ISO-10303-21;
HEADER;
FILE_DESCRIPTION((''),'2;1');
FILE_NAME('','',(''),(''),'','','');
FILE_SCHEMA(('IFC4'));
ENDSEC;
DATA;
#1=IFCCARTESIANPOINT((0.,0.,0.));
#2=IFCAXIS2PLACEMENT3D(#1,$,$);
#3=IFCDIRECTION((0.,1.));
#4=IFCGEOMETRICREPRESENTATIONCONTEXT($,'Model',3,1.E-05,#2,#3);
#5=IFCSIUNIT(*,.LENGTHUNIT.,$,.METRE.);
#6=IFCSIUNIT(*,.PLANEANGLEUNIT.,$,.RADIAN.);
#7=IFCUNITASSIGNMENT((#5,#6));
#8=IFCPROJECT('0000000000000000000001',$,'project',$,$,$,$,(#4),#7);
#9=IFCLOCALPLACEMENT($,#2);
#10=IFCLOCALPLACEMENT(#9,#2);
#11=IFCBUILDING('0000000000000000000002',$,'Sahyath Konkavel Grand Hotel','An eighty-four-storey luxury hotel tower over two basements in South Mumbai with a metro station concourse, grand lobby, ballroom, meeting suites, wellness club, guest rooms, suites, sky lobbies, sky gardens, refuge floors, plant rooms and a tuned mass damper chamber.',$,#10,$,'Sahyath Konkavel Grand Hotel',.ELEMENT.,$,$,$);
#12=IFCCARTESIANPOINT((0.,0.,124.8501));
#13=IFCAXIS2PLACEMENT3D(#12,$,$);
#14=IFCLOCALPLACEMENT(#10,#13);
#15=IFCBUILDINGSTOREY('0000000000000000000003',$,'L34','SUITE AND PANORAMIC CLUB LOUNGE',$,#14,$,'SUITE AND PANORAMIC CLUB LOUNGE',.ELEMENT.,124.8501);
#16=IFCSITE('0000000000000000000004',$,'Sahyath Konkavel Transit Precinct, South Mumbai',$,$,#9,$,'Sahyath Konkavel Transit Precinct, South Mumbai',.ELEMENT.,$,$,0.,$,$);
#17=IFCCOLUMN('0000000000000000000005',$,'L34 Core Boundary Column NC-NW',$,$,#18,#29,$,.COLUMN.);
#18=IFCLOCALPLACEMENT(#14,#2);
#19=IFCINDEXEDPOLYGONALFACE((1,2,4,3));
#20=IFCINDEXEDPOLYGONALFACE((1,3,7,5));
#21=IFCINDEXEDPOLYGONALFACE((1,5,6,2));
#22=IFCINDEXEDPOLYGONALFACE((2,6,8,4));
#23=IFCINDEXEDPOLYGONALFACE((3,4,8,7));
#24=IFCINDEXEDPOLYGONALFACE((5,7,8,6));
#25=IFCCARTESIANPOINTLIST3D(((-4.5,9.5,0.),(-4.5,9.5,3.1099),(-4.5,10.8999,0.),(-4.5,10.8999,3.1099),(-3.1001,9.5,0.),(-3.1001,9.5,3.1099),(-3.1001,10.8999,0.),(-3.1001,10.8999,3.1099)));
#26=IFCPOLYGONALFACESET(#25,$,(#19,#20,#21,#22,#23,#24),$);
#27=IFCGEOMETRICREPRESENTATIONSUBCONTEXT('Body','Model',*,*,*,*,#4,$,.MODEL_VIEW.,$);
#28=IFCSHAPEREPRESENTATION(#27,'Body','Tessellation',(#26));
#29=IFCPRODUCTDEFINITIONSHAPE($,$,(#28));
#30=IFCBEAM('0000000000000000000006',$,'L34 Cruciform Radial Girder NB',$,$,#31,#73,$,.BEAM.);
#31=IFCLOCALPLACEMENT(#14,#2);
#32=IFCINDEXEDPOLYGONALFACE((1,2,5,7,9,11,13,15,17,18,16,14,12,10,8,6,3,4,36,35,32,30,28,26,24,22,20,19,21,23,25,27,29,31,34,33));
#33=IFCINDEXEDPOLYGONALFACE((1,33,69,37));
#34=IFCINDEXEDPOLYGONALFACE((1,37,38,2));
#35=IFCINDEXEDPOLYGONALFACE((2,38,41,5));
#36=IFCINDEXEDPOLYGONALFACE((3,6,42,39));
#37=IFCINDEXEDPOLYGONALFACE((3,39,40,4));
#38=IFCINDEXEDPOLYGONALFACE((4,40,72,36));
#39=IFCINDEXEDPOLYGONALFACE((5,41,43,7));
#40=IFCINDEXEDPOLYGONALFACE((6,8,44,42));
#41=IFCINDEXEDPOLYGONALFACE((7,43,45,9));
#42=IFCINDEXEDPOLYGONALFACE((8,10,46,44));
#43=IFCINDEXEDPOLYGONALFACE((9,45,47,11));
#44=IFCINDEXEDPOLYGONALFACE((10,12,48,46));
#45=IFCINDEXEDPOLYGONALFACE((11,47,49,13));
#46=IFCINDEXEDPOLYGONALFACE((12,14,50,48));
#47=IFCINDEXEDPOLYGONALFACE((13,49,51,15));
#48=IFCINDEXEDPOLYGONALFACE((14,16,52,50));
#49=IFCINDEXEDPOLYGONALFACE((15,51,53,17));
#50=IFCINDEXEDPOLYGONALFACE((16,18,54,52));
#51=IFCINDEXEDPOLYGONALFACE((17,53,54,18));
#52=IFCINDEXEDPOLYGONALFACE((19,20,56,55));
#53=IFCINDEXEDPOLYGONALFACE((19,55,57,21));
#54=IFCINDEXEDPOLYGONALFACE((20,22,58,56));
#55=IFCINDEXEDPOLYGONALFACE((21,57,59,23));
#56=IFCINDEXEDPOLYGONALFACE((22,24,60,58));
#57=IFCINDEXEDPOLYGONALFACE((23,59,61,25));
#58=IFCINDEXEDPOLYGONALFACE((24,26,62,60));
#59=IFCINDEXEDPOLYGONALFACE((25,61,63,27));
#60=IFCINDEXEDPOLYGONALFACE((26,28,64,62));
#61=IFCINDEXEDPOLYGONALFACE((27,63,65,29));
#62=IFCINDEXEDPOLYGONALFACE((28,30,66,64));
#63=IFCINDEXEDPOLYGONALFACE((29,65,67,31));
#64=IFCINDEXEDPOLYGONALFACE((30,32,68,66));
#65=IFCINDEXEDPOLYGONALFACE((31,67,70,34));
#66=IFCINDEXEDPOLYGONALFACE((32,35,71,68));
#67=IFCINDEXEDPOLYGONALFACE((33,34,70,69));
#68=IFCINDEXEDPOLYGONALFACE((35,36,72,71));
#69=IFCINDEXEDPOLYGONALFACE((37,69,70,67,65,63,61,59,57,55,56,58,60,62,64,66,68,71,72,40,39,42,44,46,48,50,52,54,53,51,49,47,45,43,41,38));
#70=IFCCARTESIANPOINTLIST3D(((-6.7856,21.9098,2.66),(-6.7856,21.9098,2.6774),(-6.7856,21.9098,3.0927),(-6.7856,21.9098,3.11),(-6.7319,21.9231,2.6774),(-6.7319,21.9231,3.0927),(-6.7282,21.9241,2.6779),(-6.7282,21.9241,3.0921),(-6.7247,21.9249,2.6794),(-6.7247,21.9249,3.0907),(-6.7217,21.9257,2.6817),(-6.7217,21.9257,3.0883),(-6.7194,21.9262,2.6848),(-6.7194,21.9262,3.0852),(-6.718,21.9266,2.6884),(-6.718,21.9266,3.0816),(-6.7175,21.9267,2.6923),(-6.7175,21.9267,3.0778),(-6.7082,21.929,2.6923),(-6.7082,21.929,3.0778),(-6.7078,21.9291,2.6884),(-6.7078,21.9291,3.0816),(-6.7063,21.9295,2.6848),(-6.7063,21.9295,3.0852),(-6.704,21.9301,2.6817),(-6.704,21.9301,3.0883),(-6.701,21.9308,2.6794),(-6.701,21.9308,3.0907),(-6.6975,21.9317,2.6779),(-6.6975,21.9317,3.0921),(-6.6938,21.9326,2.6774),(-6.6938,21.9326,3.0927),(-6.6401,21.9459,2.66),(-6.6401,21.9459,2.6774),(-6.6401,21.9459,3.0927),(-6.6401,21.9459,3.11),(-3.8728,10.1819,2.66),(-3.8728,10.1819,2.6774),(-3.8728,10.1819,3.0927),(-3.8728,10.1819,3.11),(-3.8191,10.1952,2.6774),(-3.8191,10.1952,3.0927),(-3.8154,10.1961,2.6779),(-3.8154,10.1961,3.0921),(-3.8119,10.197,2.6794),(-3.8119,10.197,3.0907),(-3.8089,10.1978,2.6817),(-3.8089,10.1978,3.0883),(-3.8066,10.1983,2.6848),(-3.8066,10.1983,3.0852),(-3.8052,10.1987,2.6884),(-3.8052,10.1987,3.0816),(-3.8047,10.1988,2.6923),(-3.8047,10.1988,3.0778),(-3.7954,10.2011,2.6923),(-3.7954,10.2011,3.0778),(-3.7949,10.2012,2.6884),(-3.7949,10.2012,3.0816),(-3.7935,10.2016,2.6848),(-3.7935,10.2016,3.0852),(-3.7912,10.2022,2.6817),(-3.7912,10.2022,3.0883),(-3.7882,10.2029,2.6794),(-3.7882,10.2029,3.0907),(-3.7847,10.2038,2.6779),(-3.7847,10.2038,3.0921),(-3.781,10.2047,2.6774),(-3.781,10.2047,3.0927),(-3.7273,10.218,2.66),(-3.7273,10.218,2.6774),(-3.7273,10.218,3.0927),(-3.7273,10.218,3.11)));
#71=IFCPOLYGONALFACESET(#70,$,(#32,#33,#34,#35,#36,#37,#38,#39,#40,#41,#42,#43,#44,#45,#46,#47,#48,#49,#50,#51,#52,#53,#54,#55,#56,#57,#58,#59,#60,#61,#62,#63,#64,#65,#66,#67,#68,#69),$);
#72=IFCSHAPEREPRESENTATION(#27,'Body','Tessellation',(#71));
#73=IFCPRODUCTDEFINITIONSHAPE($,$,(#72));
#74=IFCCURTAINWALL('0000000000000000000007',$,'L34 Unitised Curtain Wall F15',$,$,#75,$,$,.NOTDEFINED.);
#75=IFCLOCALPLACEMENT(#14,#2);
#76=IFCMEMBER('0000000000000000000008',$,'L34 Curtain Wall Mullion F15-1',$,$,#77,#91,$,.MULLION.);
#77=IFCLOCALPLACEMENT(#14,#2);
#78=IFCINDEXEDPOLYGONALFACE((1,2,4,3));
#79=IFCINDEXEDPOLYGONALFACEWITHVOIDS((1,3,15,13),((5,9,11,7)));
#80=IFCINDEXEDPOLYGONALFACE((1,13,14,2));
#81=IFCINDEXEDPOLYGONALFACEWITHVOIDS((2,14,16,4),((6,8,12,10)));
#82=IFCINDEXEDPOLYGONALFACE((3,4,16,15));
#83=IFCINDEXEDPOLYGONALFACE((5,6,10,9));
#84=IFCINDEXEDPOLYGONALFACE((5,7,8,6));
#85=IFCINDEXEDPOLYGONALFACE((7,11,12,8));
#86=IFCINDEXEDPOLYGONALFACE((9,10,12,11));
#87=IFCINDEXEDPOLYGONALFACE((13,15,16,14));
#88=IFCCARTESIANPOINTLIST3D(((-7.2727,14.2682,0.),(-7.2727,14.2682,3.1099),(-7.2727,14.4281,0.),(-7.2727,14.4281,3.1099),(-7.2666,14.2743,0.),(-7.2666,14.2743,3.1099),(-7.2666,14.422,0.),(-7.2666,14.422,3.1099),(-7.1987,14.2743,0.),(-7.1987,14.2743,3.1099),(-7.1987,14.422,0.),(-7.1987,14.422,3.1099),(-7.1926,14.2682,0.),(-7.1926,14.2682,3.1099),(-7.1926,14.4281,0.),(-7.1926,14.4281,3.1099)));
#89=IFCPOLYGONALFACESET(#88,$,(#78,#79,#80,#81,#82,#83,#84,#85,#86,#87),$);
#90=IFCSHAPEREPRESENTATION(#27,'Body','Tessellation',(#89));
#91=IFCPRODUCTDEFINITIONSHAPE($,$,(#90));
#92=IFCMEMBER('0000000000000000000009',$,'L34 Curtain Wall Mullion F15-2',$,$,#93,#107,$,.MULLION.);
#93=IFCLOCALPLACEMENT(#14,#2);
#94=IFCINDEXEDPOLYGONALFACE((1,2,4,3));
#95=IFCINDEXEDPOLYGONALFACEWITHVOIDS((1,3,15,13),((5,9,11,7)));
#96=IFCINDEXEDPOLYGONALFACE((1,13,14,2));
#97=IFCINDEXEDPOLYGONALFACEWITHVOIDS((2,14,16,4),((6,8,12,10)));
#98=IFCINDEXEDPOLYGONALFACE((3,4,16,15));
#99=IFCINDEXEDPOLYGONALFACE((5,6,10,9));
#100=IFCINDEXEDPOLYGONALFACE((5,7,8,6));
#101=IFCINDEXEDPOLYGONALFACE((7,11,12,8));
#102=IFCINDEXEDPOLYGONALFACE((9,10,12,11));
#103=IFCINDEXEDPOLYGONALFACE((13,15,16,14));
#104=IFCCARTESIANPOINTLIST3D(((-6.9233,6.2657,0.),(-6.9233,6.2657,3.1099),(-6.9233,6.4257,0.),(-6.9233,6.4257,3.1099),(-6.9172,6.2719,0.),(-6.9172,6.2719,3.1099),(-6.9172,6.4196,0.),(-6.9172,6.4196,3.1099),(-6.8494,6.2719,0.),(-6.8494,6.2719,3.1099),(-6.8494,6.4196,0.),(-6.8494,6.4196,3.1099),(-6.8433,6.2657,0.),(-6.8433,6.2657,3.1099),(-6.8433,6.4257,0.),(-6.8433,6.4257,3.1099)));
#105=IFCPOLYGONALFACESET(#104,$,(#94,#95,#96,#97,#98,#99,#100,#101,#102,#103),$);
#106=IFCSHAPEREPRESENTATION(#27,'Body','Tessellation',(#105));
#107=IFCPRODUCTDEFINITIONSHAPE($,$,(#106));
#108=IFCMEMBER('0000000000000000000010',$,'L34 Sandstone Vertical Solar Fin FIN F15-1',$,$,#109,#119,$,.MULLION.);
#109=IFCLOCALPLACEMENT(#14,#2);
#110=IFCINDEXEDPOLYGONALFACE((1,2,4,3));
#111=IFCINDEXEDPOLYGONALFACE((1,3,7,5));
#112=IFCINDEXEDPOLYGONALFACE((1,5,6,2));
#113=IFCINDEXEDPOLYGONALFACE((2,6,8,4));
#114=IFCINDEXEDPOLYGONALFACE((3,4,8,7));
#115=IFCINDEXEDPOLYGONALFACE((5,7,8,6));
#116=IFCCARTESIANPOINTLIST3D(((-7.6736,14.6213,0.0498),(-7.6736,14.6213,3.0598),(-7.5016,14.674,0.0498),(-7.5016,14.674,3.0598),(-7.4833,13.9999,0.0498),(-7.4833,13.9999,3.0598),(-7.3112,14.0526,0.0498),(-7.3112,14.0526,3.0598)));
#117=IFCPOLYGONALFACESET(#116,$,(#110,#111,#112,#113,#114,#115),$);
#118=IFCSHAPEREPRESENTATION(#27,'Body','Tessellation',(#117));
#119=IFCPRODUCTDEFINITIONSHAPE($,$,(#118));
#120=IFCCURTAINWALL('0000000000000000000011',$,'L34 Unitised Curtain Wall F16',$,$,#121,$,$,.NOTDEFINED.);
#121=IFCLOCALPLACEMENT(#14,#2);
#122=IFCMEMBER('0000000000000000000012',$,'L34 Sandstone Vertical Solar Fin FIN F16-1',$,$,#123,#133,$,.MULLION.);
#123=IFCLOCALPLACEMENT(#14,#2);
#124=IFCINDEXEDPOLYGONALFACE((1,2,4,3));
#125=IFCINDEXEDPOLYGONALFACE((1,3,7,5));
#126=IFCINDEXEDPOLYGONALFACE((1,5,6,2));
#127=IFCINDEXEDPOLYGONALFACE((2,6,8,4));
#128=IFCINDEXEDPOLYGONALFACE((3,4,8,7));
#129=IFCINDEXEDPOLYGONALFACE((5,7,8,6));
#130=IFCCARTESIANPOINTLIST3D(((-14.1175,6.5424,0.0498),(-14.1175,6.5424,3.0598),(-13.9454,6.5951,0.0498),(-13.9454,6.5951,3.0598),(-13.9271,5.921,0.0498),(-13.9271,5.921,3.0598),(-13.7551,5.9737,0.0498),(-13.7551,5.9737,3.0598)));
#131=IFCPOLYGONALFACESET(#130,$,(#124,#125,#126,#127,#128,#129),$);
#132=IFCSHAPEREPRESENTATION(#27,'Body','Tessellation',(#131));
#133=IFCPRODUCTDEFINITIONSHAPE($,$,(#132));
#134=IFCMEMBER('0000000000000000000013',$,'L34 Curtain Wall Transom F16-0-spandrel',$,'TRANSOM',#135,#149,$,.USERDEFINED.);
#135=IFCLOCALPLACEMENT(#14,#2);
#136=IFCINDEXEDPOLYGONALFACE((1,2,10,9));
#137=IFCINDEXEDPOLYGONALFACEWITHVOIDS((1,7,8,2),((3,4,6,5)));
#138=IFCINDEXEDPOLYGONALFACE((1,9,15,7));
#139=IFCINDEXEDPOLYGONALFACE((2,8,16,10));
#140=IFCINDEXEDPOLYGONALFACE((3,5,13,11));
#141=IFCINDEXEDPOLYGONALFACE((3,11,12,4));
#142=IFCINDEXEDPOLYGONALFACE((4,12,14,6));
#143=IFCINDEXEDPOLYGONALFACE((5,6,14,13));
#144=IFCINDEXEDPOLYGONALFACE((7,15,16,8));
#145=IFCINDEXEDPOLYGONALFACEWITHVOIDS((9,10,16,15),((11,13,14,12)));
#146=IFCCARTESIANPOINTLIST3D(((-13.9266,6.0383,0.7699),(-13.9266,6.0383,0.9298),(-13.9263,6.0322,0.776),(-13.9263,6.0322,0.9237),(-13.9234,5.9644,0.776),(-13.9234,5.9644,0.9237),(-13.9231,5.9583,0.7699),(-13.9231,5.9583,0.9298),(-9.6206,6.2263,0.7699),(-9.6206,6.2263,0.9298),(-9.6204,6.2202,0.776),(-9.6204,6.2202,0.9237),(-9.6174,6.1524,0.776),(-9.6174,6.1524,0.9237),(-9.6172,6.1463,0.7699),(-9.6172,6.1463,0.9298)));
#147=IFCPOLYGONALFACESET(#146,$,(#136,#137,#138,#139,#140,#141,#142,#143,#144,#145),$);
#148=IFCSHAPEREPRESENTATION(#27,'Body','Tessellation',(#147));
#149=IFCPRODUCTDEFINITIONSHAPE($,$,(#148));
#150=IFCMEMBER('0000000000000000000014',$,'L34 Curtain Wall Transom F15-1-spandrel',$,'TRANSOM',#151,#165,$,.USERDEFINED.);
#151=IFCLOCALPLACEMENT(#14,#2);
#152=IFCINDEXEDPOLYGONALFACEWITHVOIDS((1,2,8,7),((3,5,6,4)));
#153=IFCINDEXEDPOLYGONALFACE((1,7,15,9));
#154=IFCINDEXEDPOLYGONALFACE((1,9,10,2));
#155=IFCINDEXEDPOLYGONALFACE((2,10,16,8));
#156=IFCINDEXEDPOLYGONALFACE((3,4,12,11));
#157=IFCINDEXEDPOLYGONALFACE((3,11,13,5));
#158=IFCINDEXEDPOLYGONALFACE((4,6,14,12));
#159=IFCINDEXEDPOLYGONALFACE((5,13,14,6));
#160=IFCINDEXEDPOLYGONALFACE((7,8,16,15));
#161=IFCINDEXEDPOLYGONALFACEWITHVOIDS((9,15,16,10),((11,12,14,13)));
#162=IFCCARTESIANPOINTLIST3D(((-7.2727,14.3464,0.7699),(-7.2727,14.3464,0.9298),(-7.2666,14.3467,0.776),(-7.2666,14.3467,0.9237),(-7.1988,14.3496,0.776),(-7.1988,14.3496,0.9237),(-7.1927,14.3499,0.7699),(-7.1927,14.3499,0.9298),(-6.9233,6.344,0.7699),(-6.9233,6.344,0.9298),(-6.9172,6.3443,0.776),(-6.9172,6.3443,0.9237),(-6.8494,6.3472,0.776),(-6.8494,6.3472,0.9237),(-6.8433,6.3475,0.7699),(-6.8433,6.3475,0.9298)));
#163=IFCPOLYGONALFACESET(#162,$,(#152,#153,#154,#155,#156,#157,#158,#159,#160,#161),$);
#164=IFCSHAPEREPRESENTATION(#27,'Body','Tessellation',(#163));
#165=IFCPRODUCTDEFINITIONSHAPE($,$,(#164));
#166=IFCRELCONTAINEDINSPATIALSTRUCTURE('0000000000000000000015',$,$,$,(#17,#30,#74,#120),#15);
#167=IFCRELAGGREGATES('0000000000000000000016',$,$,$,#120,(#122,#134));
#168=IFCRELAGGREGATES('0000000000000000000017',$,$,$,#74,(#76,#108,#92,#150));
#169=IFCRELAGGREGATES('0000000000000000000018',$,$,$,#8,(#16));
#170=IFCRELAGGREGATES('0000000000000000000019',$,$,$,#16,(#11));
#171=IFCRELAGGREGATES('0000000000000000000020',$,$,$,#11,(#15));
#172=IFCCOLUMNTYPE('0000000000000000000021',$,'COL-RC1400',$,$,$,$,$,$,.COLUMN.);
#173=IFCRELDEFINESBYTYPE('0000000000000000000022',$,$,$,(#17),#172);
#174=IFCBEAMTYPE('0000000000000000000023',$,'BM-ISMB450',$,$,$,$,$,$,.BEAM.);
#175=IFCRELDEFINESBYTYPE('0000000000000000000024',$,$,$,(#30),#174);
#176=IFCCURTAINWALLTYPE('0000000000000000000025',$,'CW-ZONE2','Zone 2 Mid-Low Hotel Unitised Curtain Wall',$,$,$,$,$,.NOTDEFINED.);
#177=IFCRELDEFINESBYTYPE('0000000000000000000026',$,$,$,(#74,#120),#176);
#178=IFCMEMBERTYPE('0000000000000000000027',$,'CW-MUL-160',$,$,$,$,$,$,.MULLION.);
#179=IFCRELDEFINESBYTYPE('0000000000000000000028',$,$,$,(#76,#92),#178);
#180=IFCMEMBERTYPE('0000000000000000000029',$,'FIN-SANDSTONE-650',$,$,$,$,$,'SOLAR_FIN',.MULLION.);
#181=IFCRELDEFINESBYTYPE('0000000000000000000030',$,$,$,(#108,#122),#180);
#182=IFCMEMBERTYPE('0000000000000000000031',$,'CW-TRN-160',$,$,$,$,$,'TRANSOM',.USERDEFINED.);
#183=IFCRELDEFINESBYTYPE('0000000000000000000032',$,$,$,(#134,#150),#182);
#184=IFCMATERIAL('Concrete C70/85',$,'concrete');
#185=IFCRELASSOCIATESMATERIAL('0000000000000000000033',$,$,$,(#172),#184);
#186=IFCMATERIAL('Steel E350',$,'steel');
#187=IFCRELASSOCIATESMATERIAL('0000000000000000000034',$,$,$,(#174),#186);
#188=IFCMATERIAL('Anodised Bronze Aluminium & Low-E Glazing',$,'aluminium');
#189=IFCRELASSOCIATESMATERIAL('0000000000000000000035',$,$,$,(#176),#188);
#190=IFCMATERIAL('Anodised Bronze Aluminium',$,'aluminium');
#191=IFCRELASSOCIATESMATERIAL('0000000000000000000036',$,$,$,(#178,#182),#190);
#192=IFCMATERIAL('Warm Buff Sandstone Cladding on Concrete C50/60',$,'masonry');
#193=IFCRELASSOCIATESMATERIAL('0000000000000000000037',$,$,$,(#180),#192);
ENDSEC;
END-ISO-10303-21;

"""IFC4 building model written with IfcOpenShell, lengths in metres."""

from ifc_helpers import new_model, si_unit, direction, frame, origin, origin_2d, place, context, subcontext, project, spatial, rectangle, hollow_rectangle, i_section, extrude, source, transform, mapped, material, material_profile, profile_set, type_object, element, aggregate, save


model = new_model("IFC4")

# Units and contexts
model_context = context("Model", 3, precision=1e-05, world=origin(), true_north=direction((0.0, 1.0)))
body_context = subcontext(model_context, "Body", "Model", "MODEL_VIEW")
ifc_project = project(units=[si_unit("LENGTHUNIT", "METRE"), si_unit("PLANEANGLEUNIT", "RADIAN")], contexts=[model_context])

# Site, building, storey
site_placement = place(None, origin())
site = spatial("IfcSite", under=ifc_project, at=site_placement, Name="Sahyath Konkavel Transit Precinct, South Mumbai", LongName="Sahyath Konkavel Transit Precinct, South Mumbai", CompositionType="ELEMENT", RefElevation=0.0)
building_placement = place(site_placement, origin())
building = spatial("IfcBuilding", under=site, at=building_placement, Name="Sahyath Konkavel Grand Hotel", Description="An eighty-four-storey luxury hotel tower over two basements in South Mumbai with a metro station concourse, grand lobby, ballroom, meeting suites, wellness club, guest rooms, suites, sky lobbies, sky gardens, refuge floors, plant rooms and a tuned mass damper chamber.", LongName="Sahyath Konkavel Grand Hotel", CompositionType="ELEMENT")
storey_placement = place(building_placement, frame((0.0, 0.0, 124.8501)))
storey = spatial("IfcBuildingStorey", under=building, at=storey_placement, Name="L34", Description="SUITE AND PANORAMIC CLUB LOUNGE", LongName="SUITE AND PANORAMIC CLUB LOUNGE", CompositionType="ELEMENT", Elevation=124.8501)

# Column
ifc_material_1 = material(Name="Concrete C70/85", Category="concrete")
ifc_material_profile_1 = material_profile(ifc_material_1, rectangle(XDim=1.3999, YDim=1.3999, at=origin_2d()), Name="RC 1400x1400")
ifc_profile_set_1 = profile_set([ifc_material_profile_1], Name="Concrete C70/85")
column_type = type_object("IfcColumnType", Name="COL-RC1400", PredefinedType="COLUMN", material=ifc_profile_set_1)
shared_shape_1 = source(origin(), body_context, "Body", "SweptSolid", [
    extrude(rectangle(XDim=1.3999, YDim=1.3999, at=origin_2d()), origin(), (0.0, 0.0, 1.0), 3.1099),
])
column_placement = place(storey_placement, frame((-3.8, 10.2, 0.0), z_axis=(0.0, 0.0, 1.0), x_axis=(1.0, 0.0, 0.0)))
element("IfcColumn", 1, at=column_placement, inside=storey, type_object=column_type, Name="L34 Core Boundary Column NC-NW", PredefinedType="COLUMN", context=body_context, shape_type="MappedRepresentation", body=[
    mapped(shared_shape_1, transform((0.0, 0.0, 0.0), scale=1.0)),
])

# Beam
ifc_material_2 = material(Name="Steel E350", Category="steel")
ifc_material_profile_2 = material_profile(ifc_material_2, i_section(OverallWidth=0.1499, OverallDepth=0.45, WebThickness=0.0095, FlangeThickness=0.0173, FilletRadius=0.0149, at=origin_2d()), Name="ISMB 450")
ifc_profile_set_2 = profile_set([ifc_material_profile_2], Name="Steel E350")
beam_type_1 = type_object("IfcBeamType", Name="BM-ISMB450", PredefinedType="BEAM", material=ifc_profile_set_2)
shared_shape_2 = source(origin(), body_context, "Body", "SweptSolid", [
    extrude(i_section(OverallWidth=0.1499, OverallDepth=0.45, WebThickness=0.0095, FlangeThickness=0.0173, FilletRadius=0.0149, at=origin_2d()), origin(), (0.0, 0.0, 1.0), 12.0842),
])
beam_1_placement = place(storey_placement, frame((-3.8, 10.2, 2.885), z_axis=(-0.241043, 0.970515, 0.0), x_axis=(-0.970515, -0.241043, 0.0)))
element("IfcBeam", 2, at=beam_1_placement, inside=storey, type_object=beam_type_1, Name="L34 Cruciform Radial Girder NB", PredefinedType="BEAM", context=body_context, shape_type="MappedRepresentation", body=[
    mapped(shared_shape_2, transform((0.0, 0.0, 0.0), scale=1.0)),
])

# Curtain walls, members
ifc_material_3 = material(Name="Anodised Bronze Aluminium & Low-E Glazing", Category="aluminium")
curtain_wall_type = type_object("IfcCurtainWallType", Name="CW-ZONE2", Description="Zone 2 Mid-Low Hotel Unitised Curtain Wall", PredefinedType="NOTDEFINED", material=ifc_material_3)
curtain_wall_1_placement = place(storey_placement, origin())
curtain_wall_1 = element("IfcCurtainWall", 3, at=curtain_wall_1_placement, inside=storey, type_object=curtain_wall_type, Name="L34 Unitised Curtain Wall F15", PredefinedType="NOTDEFINED")
ifc_material_4 = material(Name="Anodised Bronze Aluminium", Category="aluminium")
ifc_material_profile_3 = material_profile(ifc_material_4, hollow_rectangle(XDim=0.0801, YDim=0.1599, WallThickness=0.0061, at=origin_2d()), Name="RHS 160x80x6")
ifc_profile_set_3 = profile_set([ifc_material_profile_3], Name="Anodised Bronze Aluminium")
member_type_1 = type_object("IfcMemberType", Name="CW-MUL-160", PredefinedType="MULLION", material=ifc_profile_set_3)
shared_shape_3 = source(origin(), body_context, "Body", "SweptSolid", [
    extrude(hollow_rectangle(XDim=0.0801, YDim=0.1599, WallThickness=0.0061, at=origin_2d()), origin(), (0.0, 0.0, 1.0), 3.1099),
])
member_1_placement = place(storey_placement, frame((-7.2327, 14.3481, 0.0), z_axis=(0.0, 0.0, 1.0), x_axis=(1.0, 0.0, 0.0)))
member_1 = element("IfcMember", 4, at=member_1_placement, type_object=member_type_1, Name="L34 Curtain Wall Mullion F15-1", PredefinedType="MULLION", context=body_context, shape_type="MappedRepresentation", body=[
    mapped(shared_shape_3, transform((0.0, 0.0, 0.0), scale=1.0)),
])
member_2_placement = place(storey_placement, frame((-6.8833, 6.3457, 0.0), z_axis=(0.0, 0.0, 1.0), x_axis=(1.0, 0.0, 0.0)))
member_2 = element("IfcMember", 5, at=member_2_placement, type_object=member_type_1, Name="L34 Curtain Wall Mullion F15-2", PredefinedType="MULLION", context=body_context, shape_type="MappedRepresentation", body=[
    mapped(shared_shape_3, transform((0.0, 0.0, 0.0), scale=1.0)),
])
ifc_material_5 = material(Name="Warm Buff Sandstone Cladding on Concrete C50/60", Category="masonry")
ifc_material_profile_4 = material_profile(ifc_material_5, rectangle(XDim=0.1799, YDim=0.6499, at=origin_2d()), Name="FIN 180x650")
ifc_profile_set_4 = profile_set([ifc_material_profile_4], Name="Warm Buff Sandstone Cladding on Concrete C50/60")
member_type_2 = type_object("IfcMemberType", Name="FIN-SANDSTONE-650", ElementType="SOLAR_FIN", PredefinedType="MULLION", material=ifc_profile_set_4)
shared_shape_4 = source(origin(), body_context, "Body", "SweptSolid", [
    extrude(rectangle(XDim=0.1799, YDim=0.6499, at=origin_2d()), origin(), (0.0, 0.0, 1.0), 3.01),
])
member_3_placement = place(storey_placement, frame((-7.4924, 14.3369, 0.0498), z_axis=(0.0, 0.0, 1.0), x_axis=(0.956152, 0.292872, 0.0)))
member_3 = element("IfcMember", 6, at=member_3_placement, type_object=member_type_2, Name="L34 Sandstone Vertical Solar Fin FIN F15-1", PredefinedType="MULLION", context=body_context, shape_type="MappedRepresentation", body=[
    mapped(shared_shape_4, transform((0.0, 0.0, 0.0), scale=1.0)),
])
curtain_wall_2_placement = place(storey_placement, origin())
curtain_wall_2 = element("IfcCurtainWall", 7, at=curtain_wall_2_placement, inside=storey, type_object=curtain_wall_type, Name="L34 Unitised Curtain Wall F16", PredefinedType="NOTDEFINED")
member_4_placement = place(storey_placement, frame((-13.9363, 6.2581, 0.0498), z_axis=(0.0, 0.0, 1.0), x_axis=(0.956152, 0.292872, 0.0)))
member_4 = element("IfcMember", 8, at=member_4_placement, type_object=member_type_2, Name="L34 Sandstone Vertical Solar Fin FIN F16-1", PredefinedType="MULLION", context=body_context, shape_type="MappedRepresentation", body=[
    mapped(shared_shape_4, transform((0.0, 0.0, 0.0), scale=1.0)),
])
ifc_material_profile_5 = material_profile(ifc_material_4, hollow_rectangle(XDim=0.0801, YDim=0.1599, WallThickness=0.0061, at=origin_2d()), Name="RHS 160x80x6")
ifc_profile_set_5 = profile_set([ifc_material_profile_5], Name="Anodised Bronze Aluminium")
member_type_3 = type_object("IfcMemberType", Name="CW-TRN-160", ElementType="TRANSOM", PredefinedType="USERDEFINED", material=ifc_profile_set_5)
shared_shape_5 = source(origin(), body_context, "Body", "SweptSolid", [
    extrude(hollow_rectangle(XDim=0.0801, YDim=0.1599, WallThickness=0.0061, at=origin_2d()), origin(), (0.0, 0.0, 1.0), 4.3101),
])
member_5_placement = place(storey_placement, frame((-9.6189, 6.1863, 0.8499), z_axis=(-0.999048, -0.043617, 0.0), x_axis=(0.043617, -0.999048, 0.0)))
member_5 = element("IfcMember", 9, at=member_5_placement, type_object=member_type_3, Name="L34 Curtain Wall Transom F16-0-spandrel", ObjectType="TRANSOM", PredefinedType="USERDEFINED", context=body_context, shape_type="MappedRepresentation", body=[
    mapped(shared_shape_5, transform((0.0, 0.0, 0.0), scale=1.0)),
])
aggregate(curtain_wall_2, [member_4, member_5])

# Member
shared_shape_6 = source(origin(), body_context, "Body", "SweptSolid", [
    extrude(hollow_rectangle(XDim=0.0801, YDim=0.1599, WallThickness=0.0061, at=origin_2d()), origin(), (0.0, 0.0, 1.0), 8.01),
])
member_6_placement = place(storey_placement, frame((-7.2327, 14.3481, 0.8499), z_axis=(0.043616, -0.999048, 0.0), x_axis=(0.999048, 0.043616, 0.0)))
member_6 = element("IfcMember", 10, at=member_6_placement, type_object=member_type_3, Name="L34 Curtain Wall Transom F15-1-spandrel", ObjectType="TRANSOM", PredefinedType="USERDEFINED", context=body_context, shape_type="MappedRepresentation", body=[
    mapped(shared_shape_6, transform((0.0, 0.0, 0.0), scale=1.0)),
])

aggregate(curtain_wall_1, [member_1, member_3, member_2, member_6])

save(model, "model.ifc")
